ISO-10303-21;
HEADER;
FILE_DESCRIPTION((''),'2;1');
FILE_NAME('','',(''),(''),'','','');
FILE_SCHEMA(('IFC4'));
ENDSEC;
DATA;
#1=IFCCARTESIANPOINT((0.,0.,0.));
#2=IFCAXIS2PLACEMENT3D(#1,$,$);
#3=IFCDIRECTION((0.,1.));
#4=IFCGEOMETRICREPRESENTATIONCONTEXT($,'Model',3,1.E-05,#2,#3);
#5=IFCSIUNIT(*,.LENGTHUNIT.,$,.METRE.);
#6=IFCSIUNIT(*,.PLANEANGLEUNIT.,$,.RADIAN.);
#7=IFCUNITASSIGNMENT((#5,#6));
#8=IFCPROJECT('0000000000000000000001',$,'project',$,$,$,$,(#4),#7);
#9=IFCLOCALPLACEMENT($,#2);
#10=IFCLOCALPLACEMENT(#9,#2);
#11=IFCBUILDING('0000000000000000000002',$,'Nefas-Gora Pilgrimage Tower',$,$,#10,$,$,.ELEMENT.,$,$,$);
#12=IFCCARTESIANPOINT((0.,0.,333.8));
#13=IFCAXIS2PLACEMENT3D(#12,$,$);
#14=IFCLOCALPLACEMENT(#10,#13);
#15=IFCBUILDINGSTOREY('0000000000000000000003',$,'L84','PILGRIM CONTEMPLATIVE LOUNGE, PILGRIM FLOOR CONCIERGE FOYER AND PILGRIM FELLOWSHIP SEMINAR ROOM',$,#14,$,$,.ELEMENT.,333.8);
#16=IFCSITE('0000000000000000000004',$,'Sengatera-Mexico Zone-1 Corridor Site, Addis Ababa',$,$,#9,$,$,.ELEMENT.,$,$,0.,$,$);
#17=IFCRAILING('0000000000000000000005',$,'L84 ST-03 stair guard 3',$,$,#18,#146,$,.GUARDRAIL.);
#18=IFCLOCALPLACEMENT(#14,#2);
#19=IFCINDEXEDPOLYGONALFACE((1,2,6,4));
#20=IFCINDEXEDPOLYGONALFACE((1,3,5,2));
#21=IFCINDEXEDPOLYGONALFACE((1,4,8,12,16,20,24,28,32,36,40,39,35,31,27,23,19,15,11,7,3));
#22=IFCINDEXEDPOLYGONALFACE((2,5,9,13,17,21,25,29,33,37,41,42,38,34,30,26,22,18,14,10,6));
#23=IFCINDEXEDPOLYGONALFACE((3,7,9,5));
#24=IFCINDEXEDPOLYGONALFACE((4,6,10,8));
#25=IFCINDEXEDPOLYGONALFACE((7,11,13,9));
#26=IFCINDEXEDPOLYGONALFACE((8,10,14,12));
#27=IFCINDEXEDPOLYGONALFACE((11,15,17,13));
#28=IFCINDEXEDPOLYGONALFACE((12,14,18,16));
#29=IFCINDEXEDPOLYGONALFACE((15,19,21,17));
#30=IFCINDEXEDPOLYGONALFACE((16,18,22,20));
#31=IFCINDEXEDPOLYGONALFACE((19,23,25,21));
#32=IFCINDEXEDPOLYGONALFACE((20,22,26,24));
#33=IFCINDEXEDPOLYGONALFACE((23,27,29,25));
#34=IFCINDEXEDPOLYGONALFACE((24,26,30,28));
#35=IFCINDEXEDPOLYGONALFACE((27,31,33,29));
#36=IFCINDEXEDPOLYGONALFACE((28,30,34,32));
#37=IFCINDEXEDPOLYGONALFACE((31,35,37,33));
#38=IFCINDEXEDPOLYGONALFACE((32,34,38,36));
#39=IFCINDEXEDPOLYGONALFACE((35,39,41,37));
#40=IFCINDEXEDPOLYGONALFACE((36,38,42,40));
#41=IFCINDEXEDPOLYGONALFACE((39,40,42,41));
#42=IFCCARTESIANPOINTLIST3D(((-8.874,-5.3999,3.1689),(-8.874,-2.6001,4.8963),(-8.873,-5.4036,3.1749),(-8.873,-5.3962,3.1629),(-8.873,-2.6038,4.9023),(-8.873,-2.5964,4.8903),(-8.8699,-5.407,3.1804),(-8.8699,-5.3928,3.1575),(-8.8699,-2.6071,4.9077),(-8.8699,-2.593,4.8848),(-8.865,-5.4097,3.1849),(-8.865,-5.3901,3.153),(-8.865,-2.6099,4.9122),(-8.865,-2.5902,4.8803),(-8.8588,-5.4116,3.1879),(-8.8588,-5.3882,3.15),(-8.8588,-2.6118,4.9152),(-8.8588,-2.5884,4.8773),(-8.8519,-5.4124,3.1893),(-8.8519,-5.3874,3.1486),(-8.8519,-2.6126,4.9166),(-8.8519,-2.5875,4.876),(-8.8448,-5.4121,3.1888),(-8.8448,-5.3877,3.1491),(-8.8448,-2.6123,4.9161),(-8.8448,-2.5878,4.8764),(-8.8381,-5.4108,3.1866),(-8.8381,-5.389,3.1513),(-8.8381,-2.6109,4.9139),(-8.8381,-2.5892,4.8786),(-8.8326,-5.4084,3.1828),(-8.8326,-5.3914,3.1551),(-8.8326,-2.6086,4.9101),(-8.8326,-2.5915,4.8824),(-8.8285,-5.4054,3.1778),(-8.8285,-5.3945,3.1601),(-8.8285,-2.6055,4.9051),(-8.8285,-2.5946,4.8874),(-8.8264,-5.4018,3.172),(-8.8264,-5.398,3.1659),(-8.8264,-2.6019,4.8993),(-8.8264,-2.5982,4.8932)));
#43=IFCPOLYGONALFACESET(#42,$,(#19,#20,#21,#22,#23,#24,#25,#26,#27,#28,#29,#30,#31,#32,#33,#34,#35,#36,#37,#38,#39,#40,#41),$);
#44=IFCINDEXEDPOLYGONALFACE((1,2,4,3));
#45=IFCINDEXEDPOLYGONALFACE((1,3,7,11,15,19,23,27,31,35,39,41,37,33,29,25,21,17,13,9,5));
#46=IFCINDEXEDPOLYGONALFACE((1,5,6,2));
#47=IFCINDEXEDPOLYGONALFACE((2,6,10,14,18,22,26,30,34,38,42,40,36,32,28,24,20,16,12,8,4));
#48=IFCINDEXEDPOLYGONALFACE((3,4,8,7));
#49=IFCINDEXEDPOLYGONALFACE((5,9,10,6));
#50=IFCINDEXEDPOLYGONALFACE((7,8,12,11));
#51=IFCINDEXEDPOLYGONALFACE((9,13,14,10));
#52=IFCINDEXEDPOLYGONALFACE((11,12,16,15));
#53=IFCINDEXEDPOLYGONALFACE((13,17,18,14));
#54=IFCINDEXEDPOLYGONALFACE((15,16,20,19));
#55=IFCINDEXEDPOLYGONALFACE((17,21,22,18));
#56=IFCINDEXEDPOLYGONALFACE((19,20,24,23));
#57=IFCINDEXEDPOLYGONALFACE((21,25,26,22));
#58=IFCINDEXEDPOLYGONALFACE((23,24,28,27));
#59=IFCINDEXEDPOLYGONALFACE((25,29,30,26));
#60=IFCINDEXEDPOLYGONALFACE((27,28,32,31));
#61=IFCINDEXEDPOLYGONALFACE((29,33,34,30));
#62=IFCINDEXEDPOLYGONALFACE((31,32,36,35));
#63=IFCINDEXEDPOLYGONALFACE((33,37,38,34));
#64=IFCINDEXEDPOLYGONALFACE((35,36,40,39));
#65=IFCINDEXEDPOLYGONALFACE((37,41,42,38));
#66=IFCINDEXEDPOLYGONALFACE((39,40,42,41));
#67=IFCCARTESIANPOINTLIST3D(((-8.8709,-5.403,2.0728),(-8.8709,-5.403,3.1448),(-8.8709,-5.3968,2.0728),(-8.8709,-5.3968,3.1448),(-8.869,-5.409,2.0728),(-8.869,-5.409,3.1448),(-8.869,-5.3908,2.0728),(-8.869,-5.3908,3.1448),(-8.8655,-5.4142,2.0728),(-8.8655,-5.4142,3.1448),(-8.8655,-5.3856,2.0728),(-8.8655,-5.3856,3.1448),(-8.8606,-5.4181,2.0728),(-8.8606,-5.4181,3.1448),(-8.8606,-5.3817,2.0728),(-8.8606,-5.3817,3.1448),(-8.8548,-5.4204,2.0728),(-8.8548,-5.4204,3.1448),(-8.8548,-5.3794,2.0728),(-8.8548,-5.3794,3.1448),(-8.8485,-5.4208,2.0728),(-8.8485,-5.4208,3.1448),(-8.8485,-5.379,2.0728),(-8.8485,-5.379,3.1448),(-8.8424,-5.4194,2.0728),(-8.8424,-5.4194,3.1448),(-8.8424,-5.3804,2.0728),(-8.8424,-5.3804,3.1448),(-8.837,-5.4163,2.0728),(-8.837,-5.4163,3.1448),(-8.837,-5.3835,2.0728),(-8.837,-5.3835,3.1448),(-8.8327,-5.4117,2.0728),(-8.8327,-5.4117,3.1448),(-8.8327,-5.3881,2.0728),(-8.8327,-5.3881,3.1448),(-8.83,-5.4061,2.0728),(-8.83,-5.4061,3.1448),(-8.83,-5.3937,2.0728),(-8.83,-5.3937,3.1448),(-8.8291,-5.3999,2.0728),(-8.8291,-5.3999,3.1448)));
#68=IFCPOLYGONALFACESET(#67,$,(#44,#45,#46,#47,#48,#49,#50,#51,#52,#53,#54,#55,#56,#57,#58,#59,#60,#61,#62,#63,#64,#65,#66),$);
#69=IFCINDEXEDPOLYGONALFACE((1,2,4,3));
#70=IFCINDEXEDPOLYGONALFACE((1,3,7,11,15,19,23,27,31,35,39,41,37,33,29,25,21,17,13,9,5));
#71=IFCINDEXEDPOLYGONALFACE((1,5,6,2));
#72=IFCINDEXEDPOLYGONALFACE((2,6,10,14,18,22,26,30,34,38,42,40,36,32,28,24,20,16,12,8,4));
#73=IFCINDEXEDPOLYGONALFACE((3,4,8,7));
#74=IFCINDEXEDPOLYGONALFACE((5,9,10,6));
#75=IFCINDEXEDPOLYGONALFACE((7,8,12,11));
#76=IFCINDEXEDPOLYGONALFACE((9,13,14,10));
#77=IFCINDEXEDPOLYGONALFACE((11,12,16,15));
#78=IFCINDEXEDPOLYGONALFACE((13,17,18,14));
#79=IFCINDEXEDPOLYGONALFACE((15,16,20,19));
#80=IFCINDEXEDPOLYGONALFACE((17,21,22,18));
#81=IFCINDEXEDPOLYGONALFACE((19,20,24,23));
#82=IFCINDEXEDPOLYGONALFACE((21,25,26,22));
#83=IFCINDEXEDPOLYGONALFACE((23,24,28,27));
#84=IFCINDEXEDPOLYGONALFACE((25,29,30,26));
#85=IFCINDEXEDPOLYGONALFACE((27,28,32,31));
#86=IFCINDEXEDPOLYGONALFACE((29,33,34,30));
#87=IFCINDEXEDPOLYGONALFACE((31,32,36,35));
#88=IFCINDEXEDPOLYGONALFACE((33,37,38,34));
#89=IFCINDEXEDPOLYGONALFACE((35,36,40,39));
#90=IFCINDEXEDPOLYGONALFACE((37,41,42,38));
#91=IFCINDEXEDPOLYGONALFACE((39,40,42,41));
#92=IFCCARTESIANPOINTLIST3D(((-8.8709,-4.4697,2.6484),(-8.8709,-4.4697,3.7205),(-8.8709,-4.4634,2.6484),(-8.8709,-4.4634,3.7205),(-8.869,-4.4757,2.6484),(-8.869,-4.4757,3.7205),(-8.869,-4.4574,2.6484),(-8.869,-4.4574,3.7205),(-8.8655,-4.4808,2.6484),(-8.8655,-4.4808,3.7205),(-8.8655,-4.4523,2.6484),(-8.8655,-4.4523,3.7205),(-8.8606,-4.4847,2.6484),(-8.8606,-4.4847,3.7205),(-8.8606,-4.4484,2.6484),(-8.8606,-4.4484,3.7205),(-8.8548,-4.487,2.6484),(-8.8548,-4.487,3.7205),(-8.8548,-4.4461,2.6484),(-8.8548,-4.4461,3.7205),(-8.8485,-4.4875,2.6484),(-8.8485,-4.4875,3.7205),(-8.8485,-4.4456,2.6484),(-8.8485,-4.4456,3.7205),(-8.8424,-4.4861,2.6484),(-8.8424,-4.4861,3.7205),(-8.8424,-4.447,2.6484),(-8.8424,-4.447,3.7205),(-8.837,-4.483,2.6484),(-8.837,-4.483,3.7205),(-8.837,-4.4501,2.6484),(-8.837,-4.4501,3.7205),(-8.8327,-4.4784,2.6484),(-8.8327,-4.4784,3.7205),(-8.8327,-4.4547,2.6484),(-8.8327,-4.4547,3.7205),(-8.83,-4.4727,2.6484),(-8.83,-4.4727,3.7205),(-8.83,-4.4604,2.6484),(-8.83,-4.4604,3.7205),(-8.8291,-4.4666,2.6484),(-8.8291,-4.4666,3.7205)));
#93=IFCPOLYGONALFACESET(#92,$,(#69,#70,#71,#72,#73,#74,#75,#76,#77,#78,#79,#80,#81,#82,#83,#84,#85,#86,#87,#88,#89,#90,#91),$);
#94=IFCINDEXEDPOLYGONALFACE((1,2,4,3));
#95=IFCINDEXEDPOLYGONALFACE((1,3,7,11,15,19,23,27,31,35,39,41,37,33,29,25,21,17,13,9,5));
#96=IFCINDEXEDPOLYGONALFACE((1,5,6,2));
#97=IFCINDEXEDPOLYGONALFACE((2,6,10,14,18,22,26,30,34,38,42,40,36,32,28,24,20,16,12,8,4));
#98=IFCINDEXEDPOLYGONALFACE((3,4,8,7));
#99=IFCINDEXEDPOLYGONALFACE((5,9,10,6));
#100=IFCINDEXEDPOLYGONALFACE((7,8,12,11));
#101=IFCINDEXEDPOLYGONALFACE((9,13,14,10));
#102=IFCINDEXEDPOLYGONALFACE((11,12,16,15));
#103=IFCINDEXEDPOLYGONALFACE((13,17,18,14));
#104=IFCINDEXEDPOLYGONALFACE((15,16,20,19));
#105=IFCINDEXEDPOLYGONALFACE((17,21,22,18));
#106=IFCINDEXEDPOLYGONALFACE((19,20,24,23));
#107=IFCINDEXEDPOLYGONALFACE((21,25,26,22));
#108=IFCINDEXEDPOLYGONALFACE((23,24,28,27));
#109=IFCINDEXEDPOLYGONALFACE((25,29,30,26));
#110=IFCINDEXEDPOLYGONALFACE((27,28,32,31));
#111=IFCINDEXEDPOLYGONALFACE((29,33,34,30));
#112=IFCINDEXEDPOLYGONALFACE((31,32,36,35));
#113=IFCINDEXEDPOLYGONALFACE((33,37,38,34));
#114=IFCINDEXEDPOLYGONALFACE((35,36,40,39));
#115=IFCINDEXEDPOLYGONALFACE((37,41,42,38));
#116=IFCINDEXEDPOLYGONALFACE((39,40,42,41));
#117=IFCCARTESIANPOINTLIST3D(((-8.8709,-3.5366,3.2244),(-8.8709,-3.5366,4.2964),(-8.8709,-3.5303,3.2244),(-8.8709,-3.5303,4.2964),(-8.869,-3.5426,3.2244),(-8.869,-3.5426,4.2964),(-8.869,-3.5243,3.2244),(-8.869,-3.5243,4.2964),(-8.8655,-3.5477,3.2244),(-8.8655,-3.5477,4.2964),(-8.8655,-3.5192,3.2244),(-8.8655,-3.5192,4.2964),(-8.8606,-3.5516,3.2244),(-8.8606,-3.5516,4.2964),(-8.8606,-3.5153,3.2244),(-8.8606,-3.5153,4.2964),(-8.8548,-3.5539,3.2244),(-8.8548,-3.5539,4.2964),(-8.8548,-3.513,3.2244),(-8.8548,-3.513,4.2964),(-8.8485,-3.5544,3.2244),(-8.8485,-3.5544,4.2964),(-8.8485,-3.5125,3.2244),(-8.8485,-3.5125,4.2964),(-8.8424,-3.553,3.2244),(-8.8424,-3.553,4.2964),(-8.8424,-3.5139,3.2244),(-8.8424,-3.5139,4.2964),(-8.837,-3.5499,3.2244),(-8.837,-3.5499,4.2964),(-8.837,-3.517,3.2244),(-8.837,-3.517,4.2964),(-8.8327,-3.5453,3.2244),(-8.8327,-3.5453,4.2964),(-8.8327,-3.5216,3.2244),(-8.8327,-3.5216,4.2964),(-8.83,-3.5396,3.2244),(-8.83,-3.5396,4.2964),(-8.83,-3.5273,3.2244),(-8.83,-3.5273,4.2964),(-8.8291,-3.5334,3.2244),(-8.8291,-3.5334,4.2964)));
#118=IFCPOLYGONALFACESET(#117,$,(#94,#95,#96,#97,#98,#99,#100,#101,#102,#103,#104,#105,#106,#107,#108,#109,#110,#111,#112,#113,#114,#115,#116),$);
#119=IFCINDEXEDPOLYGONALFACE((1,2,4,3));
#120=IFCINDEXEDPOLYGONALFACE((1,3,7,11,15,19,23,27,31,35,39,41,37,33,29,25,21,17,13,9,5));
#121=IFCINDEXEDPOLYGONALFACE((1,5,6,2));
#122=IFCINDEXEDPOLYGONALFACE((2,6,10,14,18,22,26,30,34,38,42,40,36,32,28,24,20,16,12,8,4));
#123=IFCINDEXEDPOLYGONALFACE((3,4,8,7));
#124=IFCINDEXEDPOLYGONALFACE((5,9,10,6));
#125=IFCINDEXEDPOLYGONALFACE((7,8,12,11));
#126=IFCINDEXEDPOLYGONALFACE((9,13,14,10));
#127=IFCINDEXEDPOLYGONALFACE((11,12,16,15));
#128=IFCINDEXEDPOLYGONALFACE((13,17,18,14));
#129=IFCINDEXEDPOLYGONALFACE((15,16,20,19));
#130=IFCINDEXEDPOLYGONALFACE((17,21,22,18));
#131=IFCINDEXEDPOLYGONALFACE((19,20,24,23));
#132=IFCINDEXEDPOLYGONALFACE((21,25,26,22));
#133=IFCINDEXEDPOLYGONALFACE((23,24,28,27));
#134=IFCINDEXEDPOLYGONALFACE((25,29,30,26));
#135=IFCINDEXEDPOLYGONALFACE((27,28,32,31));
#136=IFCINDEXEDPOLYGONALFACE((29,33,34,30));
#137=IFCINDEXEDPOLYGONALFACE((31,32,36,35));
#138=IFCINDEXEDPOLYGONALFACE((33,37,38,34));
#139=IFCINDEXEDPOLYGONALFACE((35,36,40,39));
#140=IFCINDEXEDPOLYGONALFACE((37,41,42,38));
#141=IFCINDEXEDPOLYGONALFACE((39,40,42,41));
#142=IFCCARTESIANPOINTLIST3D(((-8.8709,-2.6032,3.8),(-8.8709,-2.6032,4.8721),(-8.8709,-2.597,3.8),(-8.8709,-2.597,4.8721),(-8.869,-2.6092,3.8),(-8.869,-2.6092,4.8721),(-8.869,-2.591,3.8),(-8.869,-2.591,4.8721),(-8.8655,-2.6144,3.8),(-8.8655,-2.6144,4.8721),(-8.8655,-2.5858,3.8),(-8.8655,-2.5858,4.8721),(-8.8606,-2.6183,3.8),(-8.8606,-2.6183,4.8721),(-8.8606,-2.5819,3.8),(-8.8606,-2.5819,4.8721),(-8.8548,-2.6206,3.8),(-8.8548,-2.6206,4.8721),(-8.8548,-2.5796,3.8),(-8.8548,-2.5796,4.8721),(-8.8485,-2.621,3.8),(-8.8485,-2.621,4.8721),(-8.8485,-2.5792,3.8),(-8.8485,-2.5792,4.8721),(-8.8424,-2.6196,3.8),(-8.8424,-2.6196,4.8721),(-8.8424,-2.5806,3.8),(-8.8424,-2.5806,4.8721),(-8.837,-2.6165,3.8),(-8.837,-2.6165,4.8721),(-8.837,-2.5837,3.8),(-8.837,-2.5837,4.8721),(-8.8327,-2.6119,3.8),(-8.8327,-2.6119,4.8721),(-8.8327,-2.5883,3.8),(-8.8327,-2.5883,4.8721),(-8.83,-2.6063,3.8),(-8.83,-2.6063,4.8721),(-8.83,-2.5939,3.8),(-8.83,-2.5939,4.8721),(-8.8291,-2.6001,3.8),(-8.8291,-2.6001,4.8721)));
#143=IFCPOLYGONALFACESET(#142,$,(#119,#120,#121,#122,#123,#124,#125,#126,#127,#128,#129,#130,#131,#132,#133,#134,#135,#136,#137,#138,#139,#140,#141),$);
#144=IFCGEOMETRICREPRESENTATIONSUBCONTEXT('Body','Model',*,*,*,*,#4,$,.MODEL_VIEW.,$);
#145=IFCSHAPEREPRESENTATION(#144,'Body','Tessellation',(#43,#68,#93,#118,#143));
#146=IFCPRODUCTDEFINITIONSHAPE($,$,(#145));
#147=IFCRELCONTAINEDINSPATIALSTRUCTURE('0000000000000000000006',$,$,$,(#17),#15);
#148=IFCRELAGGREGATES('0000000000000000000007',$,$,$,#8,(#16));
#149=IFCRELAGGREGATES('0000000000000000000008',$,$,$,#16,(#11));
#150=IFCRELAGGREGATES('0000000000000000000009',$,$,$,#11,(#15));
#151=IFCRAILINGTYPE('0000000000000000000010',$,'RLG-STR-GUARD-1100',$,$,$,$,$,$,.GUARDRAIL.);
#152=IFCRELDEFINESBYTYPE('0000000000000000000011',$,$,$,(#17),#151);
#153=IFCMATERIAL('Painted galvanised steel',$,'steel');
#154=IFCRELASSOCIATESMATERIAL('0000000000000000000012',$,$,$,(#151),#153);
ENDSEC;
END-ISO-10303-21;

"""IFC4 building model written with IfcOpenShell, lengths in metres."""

from ifc_helpers import new_model, si_unit, direction, frame, origin, origin_2d, place, context, subcontext, project, spatial, circle, extrude, material, type_object, element, save


model = new_model("IFC4")

# Units and contexts
model_context = context("Model", 3, precision=1e-05, world=origin(), true_north=direction((0.0, 1.0)))
body_context = subcontext(model_context, "Body", "Model", "MODEL_VIEW")
ifc_project = project(units=[si_unit("LENGTHUNIT", "METRE"), si_unit("PLANEANGLEUNIT", "RADIAN")], contexts=[model_context])

# Site, building, storey
site_placement = place(None, origin())
site = spatial("IfcSite", under=ifc_project, at=site_placement, Name="Sengatera-Mexico Zone-1 Corridor Site, Addis Ababa", CompositionType="ELEMENT", RefElevation=0.0)
building_placement = place(site_placement, origin())
building = spatial("IfcBuilding", under=site, at=building_placement, Name="Nefas-Gora Pilgrimage Tower", CompositionType="ELEMENT")
storey_placement = place(building_placement, frame((0.0, 0.0, 333.8)))
storey = spatial("IfcBuildingStorey", under=building, at=storey_placement, Name="L84", Description="PILGRIM CONTEMPLATIVE LOUNGE, PILGRIM FLOOR CONCIERGE FOYER AND PILGRIM FELLOWSHIP SEMINAR ROOM", CompositionType="ELEMENT", Elevation=333.8)

# Railing
ifc_material_1 = material(Name="Painted galvanised steel", Category="steel")
railing_type_1 = type_object("IfcRailingType", Name="RLG-STR-GUARD-1100", PredefinedType="GUARDRAIL", material=ifc_material_1)
railing_1_placement = place(storey_placement, frame((-8.8501, -5.3999, 2.0728)))
element("IfcRailing", 1, at=railing_1_placement, inside=storey, type_object=railing_type_1, Name="L84 ST-03 stair guard 3", PredefinedType="GUARDRAIL", context=body_context, shape_type="SweptSolid", body=[
    extrude(circle(Radius=0.0239, at=origin_2d()), frame((0.0, 0.0, 1.0962), z_axis=(0.0, 0.851069, 0.525054), x_axis=(-1.0, 0.0, 0.0)), (0.0, 0.0, 1.0), 3.2898),
    extrude(circle(Radius=0.021, at=origin_2d()), origin(), (0.0, 0.0, 1.0), 1.072),
    extrude(circle(Radius=0.021, at=origin_2d()), frame((0.0, 0.9333, 0.5757)), (0.0, 0.0, 1.0), 1.072),
    extrude(circle(Radius=0.021, at=origin_2d()), frame((0.0, 1.8665, 1.1516)), (0.0, 0.0, 1.0), 1.072),
    extrude(circle(Radius=0.021, at=origin_2d()), frame((0.0, 2.7998, 1.7273)), (0.0, 0.0, 1.0), 1.072),
])

save(model, "model.ifc")
